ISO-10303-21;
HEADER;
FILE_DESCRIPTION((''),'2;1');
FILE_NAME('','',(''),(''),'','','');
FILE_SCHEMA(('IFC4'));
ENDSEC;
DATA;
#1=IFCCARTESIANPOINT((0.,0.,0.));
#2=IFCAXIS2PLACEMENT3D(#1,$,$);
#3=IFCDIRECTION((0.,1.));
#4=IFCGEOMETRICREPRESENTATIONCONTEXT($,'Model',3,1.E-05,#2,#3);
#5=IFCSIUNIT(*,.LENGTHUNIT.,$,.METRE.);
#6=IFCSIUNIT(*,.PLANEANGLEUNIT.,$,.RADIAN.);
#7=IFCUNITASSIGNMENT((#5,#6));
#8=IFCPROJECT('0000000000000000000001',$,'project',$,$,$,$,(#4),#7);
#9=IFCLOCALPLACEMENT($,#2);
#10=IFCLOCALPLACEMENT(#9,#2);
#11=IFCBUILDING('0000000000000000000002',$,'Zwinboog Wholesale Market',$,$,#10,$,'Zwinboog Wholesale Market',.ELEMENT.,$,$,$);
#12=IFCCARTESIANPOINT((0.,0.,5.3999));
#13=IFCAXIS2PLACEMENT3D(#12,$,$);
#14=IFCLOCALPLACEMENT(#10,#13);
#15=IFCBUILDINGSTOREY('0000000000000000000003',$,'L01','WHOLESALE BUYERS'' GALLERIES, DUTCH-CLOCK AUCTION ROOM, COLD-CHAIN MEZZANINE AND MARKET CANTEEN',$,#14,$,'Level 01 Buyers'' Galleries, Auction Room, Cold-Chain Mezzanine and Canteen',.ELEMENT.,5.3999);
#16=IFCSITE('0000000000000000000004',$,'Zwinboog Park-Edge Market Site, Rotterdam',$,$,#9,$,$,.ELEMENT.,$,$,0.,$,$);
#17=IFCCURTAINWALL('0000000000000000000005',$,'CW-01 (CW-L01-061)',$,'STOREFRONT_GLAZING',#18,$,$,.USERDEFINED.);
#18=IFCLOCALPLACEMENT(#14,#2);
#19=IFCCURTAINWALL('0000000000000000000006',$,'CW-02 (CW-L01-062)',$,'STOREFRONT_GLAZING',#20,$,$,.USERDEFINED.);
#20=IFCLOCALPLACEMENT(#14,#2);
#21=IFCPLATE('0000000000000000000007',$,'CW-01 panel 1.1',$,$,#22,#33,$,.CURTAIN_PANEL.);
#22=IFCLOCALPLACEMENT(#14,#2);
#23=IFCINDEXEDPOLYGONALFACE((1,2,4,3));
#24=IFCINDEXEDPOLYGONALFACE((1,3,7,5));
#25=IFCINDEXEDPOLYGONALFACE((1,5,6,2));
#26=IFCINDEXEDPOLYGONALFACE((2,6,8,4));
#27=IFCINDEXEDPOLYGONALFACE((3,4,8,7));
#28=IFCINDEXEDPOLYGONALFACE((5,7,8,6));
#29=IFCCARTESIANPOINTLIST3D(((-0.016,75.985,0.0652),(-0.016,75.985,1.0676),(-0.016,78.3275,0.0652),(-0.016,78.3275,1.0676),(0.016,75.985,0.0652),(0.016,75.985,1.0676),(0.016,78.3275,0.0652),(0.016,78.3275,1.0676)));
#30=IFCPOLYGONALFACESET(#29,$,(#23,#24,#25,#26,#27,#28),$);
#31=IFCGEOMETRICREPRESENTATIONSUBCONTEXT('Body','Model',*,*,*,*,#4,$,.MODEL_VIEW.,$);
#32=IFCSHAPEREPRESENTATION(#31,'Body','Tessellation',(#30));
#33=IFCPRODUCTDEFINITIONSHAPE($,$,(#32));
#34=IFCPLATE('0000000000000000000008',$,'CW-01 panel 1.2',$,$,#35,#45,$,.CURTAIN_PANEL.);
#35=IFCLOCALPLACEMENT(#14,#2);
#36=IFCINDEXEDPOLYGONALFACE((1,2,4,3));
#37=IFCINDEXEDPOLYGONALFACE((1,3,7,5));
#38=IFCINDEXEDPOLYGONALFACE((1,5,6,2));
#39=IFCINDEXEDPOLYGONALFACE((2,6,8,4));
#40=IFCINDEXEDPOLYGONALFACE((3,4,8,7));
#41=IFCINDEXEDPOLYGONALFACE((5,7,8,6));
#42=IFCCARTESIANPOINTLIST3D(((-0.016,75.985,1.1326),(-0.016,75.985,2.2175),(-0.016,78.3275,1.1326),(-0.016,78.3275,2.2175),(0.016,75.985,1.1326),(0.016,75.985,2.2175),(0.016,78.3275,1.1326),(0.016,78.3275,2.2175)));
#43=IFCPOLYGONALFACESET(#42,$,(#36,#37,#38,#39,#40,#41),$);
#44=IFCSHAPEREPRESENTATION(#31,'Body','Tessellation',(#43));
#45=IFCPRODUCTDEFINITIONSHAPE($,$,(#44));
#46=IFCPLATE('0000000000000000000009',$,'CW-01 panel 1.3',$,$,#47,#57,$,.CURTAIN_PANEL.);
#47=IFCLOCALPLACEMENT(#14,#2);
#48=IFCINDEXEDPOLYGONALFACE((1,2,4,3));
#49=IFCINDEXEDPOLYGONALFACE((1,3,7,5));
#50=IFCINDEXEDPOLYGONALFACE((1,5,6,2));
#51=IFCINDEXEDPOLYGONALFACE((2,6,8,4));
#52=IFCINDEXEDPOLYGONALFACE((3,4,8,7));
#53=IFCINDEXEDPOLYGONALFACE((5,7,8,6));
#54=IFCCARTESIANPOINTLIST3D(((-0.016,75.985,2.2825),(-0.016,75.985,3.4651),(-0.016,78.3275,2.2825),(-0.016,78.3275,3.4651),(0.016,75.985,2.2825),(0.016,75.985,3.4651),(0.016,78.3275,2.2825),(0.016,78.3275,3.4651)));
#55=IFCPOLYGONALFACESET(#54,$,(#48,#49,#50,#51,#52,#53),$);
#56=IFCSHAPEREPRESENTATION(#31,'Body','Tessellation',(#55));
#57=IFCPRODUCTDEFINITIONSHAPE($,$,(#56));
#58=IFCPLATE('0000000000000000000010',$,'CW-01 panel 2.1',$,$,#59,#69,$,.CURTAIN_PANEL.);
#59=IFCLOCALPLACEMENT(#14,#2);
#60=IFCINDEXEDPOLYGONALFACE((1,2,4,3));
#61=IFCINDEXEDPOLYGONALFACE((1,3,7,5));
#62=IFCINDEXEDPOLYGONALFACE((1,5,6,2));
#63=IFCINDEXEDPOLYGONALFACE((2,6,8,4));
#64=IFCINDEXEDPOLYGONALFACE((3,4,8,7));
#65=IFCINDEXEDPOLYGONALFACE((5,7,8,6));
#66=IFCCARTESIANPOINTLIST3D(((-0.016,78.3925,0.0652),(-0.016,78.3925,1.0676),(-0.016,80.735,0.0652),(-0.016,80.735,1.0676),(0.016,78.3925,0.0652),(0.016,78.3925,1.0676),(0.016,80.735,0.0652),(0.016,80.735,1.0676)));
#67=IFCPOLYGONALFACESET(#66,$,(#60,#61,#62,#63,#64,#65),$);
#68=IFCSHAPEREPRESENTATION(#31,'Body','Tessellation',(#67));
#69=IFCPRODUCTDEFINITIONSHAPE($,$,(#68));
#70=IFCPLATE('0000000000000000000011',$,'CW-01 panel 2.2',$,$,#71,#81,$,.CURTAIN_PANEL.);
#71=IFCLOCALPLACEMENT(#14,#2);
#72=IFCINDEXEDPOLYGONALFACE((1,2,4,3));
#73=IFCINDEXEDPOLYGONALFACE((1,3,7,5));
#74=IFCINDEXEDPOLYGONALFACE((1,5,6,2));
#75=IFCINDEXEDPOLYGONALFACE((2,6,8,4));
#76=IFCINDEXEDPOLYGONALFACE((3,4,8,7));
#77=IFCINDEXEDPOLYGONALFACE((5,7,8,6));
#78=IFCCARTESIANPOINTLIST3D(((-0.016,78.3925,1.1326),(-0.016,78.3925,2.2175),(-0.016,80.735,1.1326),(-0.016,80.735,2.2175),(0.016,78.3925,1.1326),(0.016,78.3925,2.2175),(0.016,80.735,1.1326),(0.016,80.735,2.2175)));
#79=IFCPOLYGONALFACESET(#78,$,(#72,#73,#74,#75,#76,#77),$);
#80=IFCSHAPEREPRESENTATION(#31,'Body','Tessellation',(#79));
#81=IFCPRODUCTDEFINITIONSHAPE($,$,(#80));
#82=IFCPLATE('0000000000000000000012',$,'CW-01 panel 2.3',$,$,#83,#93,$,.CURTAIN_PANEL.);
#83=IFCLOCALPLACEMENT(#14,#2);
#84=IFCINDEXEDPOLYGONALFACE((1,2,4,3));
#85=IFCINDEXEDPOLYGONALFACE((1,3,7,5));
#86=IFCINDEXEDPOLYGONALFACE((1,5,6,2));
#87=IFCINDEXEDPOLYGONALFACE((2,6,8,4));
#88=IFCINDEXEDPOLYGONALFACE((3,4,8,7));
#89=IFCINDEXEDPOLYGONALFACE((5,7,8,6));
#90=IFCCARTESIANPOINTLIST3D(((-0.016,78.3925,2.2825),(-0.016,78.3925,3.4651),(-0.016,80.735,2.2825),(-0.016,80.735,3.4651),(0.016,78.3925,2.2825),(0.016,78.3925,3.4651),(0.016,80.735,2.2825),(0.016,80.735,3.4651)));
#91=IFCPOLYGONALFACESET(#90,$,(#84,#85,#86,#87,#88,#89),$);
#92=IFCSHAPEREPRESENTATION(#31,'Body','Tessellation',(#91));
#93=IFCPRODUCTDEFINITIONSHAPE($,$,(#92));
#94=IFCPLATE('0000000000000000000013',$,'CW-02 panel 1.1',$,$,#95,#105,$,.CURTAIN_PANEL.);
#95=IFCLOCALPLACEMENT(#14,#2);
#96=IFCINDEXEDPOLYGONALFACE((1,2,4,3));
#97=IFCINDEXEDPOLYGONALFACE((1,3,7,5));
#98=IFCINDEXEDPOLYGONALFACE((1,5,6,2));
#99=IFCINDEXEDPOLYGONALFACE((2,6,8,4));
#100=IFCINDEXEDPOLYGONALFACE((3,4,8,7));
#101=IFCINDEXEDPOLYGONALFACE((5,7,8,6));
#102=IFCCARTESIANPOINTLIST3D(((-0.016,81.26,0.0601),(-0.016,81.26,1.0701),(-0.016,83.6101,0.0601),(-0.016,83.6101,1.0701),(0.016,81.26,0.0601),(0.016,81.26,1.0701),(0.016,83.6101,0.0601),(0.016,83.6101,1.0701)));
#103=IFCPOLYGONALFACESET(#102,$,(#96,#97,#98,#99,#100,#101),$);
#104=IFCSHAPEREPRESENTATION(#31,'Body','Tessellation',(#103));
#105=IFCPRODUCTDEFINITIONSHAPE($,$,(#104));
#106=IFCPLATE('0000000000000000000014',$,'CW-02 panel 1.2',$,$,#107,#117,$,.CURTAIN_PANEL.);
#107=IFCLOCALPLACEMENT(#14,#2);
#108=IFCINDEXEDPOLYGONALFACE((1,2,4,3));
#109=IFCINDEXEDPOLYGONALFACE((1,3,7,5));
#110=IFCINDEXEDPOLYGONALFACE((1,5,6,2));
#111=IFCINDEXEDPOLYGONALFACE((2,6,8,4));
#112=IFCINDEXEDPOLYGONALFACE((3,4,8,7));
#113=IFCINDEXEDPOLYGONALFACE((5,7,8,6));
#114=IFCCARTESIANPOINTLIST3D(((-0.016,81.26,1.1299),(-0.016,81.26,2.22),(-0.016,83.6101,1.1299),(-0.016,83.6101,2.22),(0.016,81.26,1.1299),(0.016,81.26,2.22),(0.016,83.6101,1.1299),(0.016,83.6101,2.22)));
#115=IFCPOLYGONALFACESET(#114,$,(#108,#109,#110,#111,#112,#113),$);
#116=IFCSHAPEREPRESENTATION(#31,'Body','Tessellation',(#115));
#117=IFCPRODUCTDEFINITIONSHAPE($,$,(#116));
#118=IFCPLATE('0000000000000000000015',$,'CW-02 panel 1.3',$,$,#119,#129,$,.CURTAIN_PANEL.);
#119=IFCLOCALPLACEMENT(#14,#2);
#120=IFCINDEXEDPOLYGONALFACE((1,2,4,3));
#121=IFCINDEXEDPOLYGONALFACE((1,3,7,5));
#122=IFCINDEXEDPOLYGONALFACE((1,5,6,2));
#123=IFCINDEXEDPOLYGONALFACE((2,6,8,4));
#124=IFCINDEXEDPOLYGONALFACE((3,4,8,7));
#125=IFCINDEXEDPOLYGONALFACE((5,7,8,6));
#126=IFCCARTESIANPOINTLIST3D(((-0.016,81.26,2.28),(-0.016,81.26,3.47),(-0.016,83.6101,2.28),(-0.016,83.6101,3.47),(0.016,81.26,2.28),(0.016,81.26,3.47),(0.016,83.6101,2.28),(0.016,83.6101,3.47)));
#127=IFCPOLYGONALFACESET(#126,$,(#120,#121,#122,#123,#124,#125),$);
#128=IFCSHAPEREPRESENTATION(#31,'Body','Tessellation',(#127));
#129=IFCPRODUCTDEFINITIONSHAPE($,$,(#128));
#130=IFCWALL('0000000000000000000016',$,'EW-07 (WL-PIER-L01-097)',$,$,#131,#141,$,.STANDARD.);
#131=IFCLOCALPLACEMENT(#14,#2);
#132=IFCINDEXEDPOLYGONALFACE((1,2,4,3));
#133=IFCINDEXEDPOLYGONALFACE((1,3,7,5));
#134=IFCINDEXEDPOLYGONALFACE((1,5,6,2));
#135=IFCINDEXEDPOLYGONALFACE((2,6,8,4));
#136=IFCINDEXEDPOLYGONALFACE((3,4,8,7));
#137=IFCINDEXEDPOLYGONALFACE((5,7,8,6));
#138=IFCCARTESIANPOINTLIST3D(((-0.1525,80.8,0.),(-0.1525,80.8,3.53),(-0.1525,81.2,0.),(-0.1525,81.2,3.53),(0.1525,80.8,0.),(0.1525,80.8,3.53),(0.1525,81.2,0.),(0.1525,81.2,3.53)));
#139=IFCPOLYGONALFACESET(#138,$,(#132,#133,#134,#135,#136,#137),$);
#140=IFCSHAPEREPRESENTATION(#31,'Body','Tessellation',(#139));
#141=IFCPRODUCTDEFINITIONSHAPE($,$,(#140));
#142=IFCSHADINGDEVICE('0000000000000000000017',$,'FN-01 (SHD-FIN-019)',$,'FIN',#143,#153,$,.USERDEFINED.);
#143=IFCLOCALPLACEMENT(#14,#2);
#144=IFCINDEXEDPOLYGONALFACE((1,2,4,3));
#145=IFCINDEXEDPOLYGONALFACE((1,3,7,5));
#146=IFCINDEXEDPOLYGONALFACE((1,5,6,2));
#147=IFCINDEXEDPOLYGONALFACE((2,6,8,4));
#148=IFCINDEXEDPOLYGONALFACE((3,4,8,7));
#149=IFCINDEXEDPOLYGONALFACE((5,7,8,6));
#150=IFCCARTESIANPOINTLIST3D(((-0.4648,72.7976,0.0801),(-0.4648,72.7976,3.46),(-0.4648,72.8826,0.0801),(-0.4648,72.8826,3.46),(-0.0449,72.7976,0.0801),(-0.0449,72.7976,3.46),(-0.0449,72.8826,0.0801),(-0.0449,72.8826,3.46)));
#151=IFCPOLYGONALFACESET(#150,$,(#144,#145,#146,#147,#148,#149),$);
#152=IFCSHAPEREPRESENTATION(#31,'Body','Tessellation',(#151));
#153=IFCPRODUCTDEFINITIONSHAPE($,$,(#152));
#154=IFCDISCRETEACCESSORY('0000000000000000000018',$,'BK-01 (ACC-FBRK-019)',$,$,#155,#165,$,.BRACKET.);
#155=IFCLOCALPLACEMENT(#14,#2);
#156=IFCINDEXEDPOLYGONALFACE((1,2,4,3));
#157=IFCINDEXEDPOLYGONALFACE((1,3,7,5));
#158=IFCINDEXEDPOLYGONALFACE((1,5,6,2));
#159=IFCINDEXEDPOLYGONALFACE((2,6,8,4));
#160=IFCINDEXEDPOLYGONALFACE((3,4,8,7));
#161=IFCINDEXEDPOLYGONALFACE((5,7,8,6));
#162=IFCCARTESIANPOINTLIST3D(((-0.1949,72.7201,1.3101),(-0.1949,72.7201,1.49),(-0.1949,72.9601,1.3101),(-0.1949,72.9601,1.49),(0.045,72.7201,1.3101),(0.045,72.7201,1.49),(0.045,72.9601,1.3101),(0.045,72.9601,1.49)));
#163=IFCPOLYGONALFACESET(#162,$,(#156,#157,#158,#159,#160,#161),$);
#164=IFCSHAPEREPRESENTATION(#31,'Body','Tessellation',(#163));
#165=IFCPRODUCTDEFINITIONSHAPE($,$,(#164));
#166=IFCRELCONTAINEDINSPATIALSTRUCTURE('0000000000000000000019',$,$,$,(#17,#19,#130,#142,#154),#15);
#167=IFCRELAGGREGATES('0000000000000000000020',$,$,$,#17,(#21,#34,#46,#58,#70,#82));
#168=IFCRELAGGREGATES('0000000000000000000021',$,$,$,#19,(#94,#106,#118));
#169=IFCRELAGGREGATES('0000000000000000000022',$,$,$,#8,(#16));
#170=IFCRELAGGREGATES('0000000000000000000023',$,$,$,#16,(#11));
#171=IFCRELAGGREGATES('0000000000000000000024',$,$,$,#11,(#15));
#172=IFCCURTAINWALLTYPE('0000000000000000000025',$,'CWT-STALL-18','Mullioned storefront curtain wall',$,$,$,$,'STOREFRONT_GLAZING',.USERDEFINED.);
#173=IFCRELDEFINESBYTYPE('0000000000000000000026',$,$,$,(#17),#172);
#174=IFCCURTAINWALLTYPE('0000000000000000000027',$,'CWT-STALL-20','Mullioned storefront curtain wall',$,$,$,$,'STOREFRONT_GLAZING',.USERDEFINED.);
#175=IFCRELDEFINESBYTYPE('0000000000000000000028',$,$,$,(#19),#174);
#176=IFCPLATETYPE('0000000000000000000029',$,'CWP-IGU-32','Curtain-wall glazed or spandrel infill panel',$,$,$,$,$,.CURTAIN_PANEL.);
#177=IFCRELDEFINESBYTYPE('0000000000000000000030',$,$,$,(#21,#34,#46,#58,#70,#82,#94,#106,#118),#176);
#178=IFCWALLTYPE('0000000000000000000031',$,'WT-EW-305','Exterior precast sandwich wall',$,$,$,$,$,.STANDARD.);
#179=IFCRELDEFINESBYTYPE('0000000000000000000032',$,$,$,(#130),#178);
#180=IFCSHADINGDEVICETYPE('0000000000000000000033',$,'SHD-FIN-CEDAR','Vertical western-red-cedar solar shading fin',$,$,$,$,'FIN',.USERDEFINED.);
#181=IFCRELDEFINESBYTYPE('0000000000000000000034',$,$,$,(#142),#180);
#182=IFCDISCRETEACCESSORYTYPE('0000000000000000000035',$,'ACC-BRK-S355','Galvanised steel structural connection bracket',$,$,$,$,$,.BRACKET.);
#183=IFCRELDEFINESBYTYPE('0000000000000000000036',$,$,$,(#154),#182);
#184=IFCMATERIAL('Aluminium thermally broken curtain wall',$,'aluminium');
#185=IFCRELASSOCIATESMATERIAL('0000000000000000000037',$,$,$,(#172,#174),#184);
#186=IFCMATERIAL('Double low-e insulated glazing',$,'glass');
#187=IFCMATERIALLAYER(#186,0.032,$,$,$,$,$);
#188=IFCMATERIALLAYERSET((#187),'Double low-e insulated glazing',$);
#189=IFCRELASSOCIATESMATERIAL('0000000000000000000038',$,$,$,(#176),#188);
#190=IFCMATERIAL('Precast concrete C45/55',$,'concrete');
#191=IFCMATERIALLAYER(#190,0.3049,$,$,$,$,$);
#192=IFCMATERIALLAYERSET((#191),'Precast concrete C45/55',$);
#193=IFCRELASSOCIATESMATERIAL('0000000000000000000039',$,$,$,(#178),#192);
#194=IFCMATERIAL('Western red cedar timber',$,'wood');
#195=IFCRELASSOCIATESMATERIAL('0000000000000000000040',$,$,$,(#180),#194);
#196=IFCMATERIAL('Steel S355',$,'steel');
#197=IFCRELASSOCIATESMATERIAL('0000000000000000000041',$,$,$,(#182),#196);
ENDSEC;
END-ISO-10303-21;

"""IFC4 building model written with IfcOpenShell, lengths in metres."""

from ifc_helpers import new_model, si_unit, direction, frame, frame_2d, origin, origin_2d, place, context, subcontext, project, spatial, rectangle, extrude, material, layer, layer_set, type_object, element, aggregate, save


model = new_model("IFC4")

# Units and contexts
model_context = context("Model", 3, precision=1e-05, world=origin(), true_north=direction((0.0, 1.0)))
body_context = subcontext(model_context, "Body", "Model", "MODEL_VIEW")
ifc_project = project(units=[si_unit("LENGTHUNIT", "METRE"), si_unit("PLANEANGLEUNIT", "RADIAN")], contexts=[model_context])

# Site, building, storey
site_placement = place(None, origin())
site = spatial("IfcSite", under=ifc_project, at=site_placement, Name="Zwinboog Park-Edge Market Site, Rotterdam", CompositionType="ELEMENT", RefElevation=0.0)
building_placement = place(site_placement, origin())
building = spatial("IfcBuilding", under=site, at=building_placement, Name="Zwinboog Wholesale Market", LongName="Zwinboog Wholesale Market", CompositionType="ELEMENT")
storey_placement = place(building_placement, frame((0.0, 0.0, 5.3999)))
storey = spatial("IfcBuildingStorey", under=building, at=storey_placement, Name="L01", Description="WHOLESALE BUYERS' GALLERIES, DUTCH-CLOCK AUCTION ROOM, COLD-CHAIN MEZZANINE AND MARKET CANTEEN", LongName="Level 01 Buyers' Galleries, Auction Room, Cold-Chain Mezzanine and Canteen", CompositionType="ELEMENT", Elevation=5.3999)

# Shared definitions
ifc_material_1 = material(Name="Precast concrete C45/55", Category="concrete")

# Curtain wall
ifc_material_2 = material(Name="Aluminium thermally broken curtain wall", Category="aluminium")
curtain_wall_type_1 = type_object("IfcCurtainWallType", Name="CWT-STALL-18", Description="Mullioned storefront curtain wall", ElementType="STOREFRONT_GLAZING", PredefinedType="USERDEFINED", material=ifc_material_2)
curtain_wall_1_placement = place(storey_placement, origin())
curtain_wall_1 = element("IfcCurtainWall", 1, at=curtain_wall_1_placement, inside=storey, type_object=curtain_wall_type_1, Name="CW-01 (CW-L01-061)", ObjectType="STOREFRONT_GLAZING", PredefinedType="USERDEFINED")

# Curtain wall
curtain_wall_type_2 = type_object("IfcCurtainWallType", Name="CWT-STALL-20", Description="Mullioned storefront curtain wall", ElementType="STOREFRONT_GLAZING", PredefinedType="USERDEFINED", material=ifc_material_2)
curtain_wall_2_placement = place(storey_placement, origin())
curtain_wall_2 = element("IfcCurtainWall", 2, at=curtain_wall_2_placement, inside=storey, type_object=curtain_wall_type_2, Name="CW-02 (CW-L01-062)", ObjectType="STOREFRONT_GLAZING", PredefinedType="USERDEFINED")

# Plates
ifc_material_3 = material(Name="Double low-e insulated glazing", Category="glass")
ifc_layer_1 = layer(ifc_material_3, 0.032)
ifc_layer_set_1 = layer_set([ifc_layer_1], Name="Double low-e insulated glazing")
plate_type = type_object("IfcPlateType", Name="CWP-IGU-32", Description="Curtain-wall glazed or spandrel infill panel", PredefinedType="CURTAIN_PANEL", material=ifc_layer_set_1)
plate_1_placement = place(storey_placement, frame((0.0, 77.1562, 0.0652), z_axis=(0.0, 0.0, 1.0), x_axis=(0.0, 1.0, 0.0)))
plate_1 = element("IfcPlate", 3, at=plate_1_placement, type_object=plate_type, Name="CW-01 panel 1.1", PredefinedType="CURTAIN_PANEL", context=body_context, shape_type="SweptSolid", body=[
    extrude(rectangle(XDim=2.3425, YDim=0.032, at=origin_2d()), origin(), (0.0, 0.0, 1.0), 1.0024),
])
plate_2_placement = place(storey_placement, frame((0.0, 77.1562, 1.1326), z_axis=(0.0, 0.0, 1.0), x_axis=(0.0, 1.0, 0.0)))
plate_2 = element("IfcPlate", 4, at=plate_2_placement, type_object=plate_type, Name="CW-01 panel 1.2", PredefinedType="CURTAIN_PANEL", context=body_context, shape_type="SweptSolid", body=[
    extrude(rectangle(XDim=2.3425, YDim=0.032, at=origin_2d()), origin(), (0.0, 0.0, 1.0), 1.085),
])
plate_3_placement = place(storey_placement, frame((0.0, 77.1562, 2.2825), z_axis=(0.0, 0.0, 1.0), x_axis=(0.0, 1.0, 0.0)))
plate_3 = element("IfcPlate", 5, at=plate_3_placement, type_object=plate_type, Name="CW-01 panel 1.3", PredefinedType="CURTAIN_PANEL", context=body_context, shape_type="SweptSolid", body=[
    extrude(rectangle(XDim=2.3425, YDim=0.032, at=origin_2d()), origin(), (0.0, 0.0, 1.0), 1.1826),
])
plate_4_placement = place(storey_placement, frame((0.0, 79.5637, 0.0652), z_axis=(0.0, 0.0, 1.0), x_axis=(0.0, 1.0, 0.0)))
plate_4 = element("IfcPlate", 6, at=plate_4_placement, type_object=plate_type, Name="CW-01 panel 2.1", PredefinedType="CURTAIN_PANEL", context=body_context, shape_type="SweptSolid", body=[
    extrude(rectangle(XDim=2.3425, YDim=0.032, at=origin_2d()), origin(), (0.0, 0.0, 1.0), 1.0024),
])
plate_5_placement = place(storey_placement, frame((0.0, 79.5637, 1.1326), z_axis=(0.0, 0.0, 1.0), x_axis=(0.0, 1.0, 0.0)))
plate_5 = element("IfcPlate", 7, at=plate_5_placement, type_object=plate_type, Name="CW-01 panel 2.2", PredefinedType="CURTAIN_PANEL", context=body_context, shape_type="SweptSolid", body=[
    extrude(rectangle(XDim=2.3425, YDim=0.032, at=origin_2d()), origin(), (0.0, 0.0, 1.0), 1.085),
])
plate_6_placement = place(storey_placement, frame((0.0, 79.5637, 2.2825), z_axis=(0.0, 0.0, 1.0), x_axis=(0.0, 1.0, 0.0)))
plate_6 = element("IfcPlate", 8, at=plate_6_placement, type_object=plate_type, Name="CW-01 panel 2.3", PredefinedType="CURTAIN_PANEL", context=body_context, shape_type="SweptSolid", body=[
    extrude(rectangle(XDim=2.3425, YDim=0.032, at=origin_2d()), origin(), (0.0, 0.0, 1.0), 1.1826),
])
aggregate(curtain_wall_1, [plate_1, plate_2, plate_3, plate_4, plate_5, plate_6])
plate_7_placement = place(storey_placement, frame((0.0, 82.4351, 0.0601), z_axis=(0.0, 0.0, 1.0), x_axis=(0.0, 1.0, 0.0)))
plate_7 = element("IfcPlate", 9, at=plate_7_placement, type_object=plate_type, Name="CW-02 panel 1.1", PredefinedType="CURTAIN_PANEL", context=body_context, shape_type="SweptSolid", body=[
    extrude(rectangle(XDim=2.3501, YDim=0.032, at=origin_2d()), origin(), (0.0, 0.0, 1.0), 1.01),
])
plate_8_placement = place(storey_placement, frame((0.0, 82.4351, 1.1299), z_axis=(0.0, 0.0, 1.0), x_axis=(0.0, 1.0, 0.0)))
plate_8 = element("IfcPlate", 10, at=plate_8_placement, type_object=plate_type, Name="CW-02 panel 1.2", PredefinedType="CURTAIN_PANEL", context=body_context, shape_type="SweptSolid", body=[
    extrude(rectangle(XDim=2.3501, YDim=0.032, at=origin_2d()), origin(), (0.0, 0.0, 1.0), 1.0901),
])
plate_9_placement = place(storey_placement, frame((0.0, 82.4351, 2.28), z_axis=(0.0, 0.0, 1.0), x_axis=(0.0, 1.0, 0.0)))
plate_9 = element("IfcPlate", 11, at=plate_9_placement, type_object=plate_type, Name="CW-02 panel 1.3", PredefinedType="CURTAIN_PANEL", context=body_context, shape_type="SweptSolid", body=[
    extrude(rectangle(XDim=2.3501, YDim=0.032, at=origin_2d()), origin(), (0.0, 0.0, 1.0), 1.1899),
])
aggregate(curtain_wall_2, [plate_7, plate_8, plate_9])

# Wall
ifc_layer_2 = layer(ifc_material_1, 0.3049)
ifc_layer_set_2 = layer_set([ifc_layer_2], Name="Precast concrete C45/55")
wall_type = type_object("IfcWallType", Name="WT-EW-305", Description="Exterior precast sandwich wall", PredefinedType="STANDARD", material=ifc_layer_set_2)
wall_placement = place(storey_placement, frame((0.0, 80.8, 0.0), z_axis=(0.0, 0.0, 1.0), x_axis=(0.0, 1.0, 0.0)))
element("IfcWall", 12, at=wall_placement, inside=storey, type_object=wall_type, Name="EW-07 (WL-PIER-L01-097)", PredefinedType="STANDARD", context=body_context, shape_type="SweptSolid", body=[
    extrude(rectangle(XDim=0.3999, YDim=0.3049, at=frame_2d((0.2, 0.0))), origin(), (0.0, 0.0, 1.0), 3.53),
])

# Shading device
ifc_material_4 = material(Name="Western red cedar timber", Category="wood")
shading_device_type = type_object("IfcShadingDeviceType", Name="SHD-FIN-CEDAR", Description="Vertical western-red-cedar solar shading fin", ElementType="FIN", PredefinedType="USERDEFINED", material=ifc_material_4)
shading_device_placement = place(storey_placement, frame((-0.2549, 72.8401, 0.0801), z_axis=(0.0, 0.0, 1.0), x_axis=(1.0, 0.0, 0.0)))
element("IfcShadingDevice", 13, at=shading_device_placement, inside=storey, type_object=shading_device_type, Name="FN-01 (SHD-FIN-019)", ObjectType="FIN", PredefinedType="USERDEFINED", context=body_context, shape_type="SweptSolid", body=[
    extrude(rectangle(XDim=0.4199, YDim=0.085, at=origin_2d()), origin(), (0.0, 0.0, 1.0), 3.3799),
])

# Discrete accessory
ifc_material_5 = material(Name="Steel S355", Category="steel")
discrete_accessory_type = type_object("IfcDiscreteAccessoryType", Name="ACC-BRK-S355", Description="Galvanised steel structural connection bracket", PredefinedType="BRACKET", material=ifc_material_5)
discrete_accessory_placement = place(storey_placement, frame((-0.075, 72.8401, 1.3101), z_axis=(0.0, 0.0, 1.0), x_axis=(1.0, 0.0, 0.0)))
element("IfcDiscreteAccessory", 14, at=discrete_accessory_placement, inside=storey, type_object=discrete_accessory_type, Name="BK-01 (ACC-FBRK-019)", PredefinedType="BRACKET", context=body_context, shape_type="SweptSolid", body=[
    extrude(rectangle(XDim=0.24, YDim=0.24, at=origin_2d()), origin(), (0.0, 0.0, 1.0), 0.1799),
])

save(model, "model.ifc")
